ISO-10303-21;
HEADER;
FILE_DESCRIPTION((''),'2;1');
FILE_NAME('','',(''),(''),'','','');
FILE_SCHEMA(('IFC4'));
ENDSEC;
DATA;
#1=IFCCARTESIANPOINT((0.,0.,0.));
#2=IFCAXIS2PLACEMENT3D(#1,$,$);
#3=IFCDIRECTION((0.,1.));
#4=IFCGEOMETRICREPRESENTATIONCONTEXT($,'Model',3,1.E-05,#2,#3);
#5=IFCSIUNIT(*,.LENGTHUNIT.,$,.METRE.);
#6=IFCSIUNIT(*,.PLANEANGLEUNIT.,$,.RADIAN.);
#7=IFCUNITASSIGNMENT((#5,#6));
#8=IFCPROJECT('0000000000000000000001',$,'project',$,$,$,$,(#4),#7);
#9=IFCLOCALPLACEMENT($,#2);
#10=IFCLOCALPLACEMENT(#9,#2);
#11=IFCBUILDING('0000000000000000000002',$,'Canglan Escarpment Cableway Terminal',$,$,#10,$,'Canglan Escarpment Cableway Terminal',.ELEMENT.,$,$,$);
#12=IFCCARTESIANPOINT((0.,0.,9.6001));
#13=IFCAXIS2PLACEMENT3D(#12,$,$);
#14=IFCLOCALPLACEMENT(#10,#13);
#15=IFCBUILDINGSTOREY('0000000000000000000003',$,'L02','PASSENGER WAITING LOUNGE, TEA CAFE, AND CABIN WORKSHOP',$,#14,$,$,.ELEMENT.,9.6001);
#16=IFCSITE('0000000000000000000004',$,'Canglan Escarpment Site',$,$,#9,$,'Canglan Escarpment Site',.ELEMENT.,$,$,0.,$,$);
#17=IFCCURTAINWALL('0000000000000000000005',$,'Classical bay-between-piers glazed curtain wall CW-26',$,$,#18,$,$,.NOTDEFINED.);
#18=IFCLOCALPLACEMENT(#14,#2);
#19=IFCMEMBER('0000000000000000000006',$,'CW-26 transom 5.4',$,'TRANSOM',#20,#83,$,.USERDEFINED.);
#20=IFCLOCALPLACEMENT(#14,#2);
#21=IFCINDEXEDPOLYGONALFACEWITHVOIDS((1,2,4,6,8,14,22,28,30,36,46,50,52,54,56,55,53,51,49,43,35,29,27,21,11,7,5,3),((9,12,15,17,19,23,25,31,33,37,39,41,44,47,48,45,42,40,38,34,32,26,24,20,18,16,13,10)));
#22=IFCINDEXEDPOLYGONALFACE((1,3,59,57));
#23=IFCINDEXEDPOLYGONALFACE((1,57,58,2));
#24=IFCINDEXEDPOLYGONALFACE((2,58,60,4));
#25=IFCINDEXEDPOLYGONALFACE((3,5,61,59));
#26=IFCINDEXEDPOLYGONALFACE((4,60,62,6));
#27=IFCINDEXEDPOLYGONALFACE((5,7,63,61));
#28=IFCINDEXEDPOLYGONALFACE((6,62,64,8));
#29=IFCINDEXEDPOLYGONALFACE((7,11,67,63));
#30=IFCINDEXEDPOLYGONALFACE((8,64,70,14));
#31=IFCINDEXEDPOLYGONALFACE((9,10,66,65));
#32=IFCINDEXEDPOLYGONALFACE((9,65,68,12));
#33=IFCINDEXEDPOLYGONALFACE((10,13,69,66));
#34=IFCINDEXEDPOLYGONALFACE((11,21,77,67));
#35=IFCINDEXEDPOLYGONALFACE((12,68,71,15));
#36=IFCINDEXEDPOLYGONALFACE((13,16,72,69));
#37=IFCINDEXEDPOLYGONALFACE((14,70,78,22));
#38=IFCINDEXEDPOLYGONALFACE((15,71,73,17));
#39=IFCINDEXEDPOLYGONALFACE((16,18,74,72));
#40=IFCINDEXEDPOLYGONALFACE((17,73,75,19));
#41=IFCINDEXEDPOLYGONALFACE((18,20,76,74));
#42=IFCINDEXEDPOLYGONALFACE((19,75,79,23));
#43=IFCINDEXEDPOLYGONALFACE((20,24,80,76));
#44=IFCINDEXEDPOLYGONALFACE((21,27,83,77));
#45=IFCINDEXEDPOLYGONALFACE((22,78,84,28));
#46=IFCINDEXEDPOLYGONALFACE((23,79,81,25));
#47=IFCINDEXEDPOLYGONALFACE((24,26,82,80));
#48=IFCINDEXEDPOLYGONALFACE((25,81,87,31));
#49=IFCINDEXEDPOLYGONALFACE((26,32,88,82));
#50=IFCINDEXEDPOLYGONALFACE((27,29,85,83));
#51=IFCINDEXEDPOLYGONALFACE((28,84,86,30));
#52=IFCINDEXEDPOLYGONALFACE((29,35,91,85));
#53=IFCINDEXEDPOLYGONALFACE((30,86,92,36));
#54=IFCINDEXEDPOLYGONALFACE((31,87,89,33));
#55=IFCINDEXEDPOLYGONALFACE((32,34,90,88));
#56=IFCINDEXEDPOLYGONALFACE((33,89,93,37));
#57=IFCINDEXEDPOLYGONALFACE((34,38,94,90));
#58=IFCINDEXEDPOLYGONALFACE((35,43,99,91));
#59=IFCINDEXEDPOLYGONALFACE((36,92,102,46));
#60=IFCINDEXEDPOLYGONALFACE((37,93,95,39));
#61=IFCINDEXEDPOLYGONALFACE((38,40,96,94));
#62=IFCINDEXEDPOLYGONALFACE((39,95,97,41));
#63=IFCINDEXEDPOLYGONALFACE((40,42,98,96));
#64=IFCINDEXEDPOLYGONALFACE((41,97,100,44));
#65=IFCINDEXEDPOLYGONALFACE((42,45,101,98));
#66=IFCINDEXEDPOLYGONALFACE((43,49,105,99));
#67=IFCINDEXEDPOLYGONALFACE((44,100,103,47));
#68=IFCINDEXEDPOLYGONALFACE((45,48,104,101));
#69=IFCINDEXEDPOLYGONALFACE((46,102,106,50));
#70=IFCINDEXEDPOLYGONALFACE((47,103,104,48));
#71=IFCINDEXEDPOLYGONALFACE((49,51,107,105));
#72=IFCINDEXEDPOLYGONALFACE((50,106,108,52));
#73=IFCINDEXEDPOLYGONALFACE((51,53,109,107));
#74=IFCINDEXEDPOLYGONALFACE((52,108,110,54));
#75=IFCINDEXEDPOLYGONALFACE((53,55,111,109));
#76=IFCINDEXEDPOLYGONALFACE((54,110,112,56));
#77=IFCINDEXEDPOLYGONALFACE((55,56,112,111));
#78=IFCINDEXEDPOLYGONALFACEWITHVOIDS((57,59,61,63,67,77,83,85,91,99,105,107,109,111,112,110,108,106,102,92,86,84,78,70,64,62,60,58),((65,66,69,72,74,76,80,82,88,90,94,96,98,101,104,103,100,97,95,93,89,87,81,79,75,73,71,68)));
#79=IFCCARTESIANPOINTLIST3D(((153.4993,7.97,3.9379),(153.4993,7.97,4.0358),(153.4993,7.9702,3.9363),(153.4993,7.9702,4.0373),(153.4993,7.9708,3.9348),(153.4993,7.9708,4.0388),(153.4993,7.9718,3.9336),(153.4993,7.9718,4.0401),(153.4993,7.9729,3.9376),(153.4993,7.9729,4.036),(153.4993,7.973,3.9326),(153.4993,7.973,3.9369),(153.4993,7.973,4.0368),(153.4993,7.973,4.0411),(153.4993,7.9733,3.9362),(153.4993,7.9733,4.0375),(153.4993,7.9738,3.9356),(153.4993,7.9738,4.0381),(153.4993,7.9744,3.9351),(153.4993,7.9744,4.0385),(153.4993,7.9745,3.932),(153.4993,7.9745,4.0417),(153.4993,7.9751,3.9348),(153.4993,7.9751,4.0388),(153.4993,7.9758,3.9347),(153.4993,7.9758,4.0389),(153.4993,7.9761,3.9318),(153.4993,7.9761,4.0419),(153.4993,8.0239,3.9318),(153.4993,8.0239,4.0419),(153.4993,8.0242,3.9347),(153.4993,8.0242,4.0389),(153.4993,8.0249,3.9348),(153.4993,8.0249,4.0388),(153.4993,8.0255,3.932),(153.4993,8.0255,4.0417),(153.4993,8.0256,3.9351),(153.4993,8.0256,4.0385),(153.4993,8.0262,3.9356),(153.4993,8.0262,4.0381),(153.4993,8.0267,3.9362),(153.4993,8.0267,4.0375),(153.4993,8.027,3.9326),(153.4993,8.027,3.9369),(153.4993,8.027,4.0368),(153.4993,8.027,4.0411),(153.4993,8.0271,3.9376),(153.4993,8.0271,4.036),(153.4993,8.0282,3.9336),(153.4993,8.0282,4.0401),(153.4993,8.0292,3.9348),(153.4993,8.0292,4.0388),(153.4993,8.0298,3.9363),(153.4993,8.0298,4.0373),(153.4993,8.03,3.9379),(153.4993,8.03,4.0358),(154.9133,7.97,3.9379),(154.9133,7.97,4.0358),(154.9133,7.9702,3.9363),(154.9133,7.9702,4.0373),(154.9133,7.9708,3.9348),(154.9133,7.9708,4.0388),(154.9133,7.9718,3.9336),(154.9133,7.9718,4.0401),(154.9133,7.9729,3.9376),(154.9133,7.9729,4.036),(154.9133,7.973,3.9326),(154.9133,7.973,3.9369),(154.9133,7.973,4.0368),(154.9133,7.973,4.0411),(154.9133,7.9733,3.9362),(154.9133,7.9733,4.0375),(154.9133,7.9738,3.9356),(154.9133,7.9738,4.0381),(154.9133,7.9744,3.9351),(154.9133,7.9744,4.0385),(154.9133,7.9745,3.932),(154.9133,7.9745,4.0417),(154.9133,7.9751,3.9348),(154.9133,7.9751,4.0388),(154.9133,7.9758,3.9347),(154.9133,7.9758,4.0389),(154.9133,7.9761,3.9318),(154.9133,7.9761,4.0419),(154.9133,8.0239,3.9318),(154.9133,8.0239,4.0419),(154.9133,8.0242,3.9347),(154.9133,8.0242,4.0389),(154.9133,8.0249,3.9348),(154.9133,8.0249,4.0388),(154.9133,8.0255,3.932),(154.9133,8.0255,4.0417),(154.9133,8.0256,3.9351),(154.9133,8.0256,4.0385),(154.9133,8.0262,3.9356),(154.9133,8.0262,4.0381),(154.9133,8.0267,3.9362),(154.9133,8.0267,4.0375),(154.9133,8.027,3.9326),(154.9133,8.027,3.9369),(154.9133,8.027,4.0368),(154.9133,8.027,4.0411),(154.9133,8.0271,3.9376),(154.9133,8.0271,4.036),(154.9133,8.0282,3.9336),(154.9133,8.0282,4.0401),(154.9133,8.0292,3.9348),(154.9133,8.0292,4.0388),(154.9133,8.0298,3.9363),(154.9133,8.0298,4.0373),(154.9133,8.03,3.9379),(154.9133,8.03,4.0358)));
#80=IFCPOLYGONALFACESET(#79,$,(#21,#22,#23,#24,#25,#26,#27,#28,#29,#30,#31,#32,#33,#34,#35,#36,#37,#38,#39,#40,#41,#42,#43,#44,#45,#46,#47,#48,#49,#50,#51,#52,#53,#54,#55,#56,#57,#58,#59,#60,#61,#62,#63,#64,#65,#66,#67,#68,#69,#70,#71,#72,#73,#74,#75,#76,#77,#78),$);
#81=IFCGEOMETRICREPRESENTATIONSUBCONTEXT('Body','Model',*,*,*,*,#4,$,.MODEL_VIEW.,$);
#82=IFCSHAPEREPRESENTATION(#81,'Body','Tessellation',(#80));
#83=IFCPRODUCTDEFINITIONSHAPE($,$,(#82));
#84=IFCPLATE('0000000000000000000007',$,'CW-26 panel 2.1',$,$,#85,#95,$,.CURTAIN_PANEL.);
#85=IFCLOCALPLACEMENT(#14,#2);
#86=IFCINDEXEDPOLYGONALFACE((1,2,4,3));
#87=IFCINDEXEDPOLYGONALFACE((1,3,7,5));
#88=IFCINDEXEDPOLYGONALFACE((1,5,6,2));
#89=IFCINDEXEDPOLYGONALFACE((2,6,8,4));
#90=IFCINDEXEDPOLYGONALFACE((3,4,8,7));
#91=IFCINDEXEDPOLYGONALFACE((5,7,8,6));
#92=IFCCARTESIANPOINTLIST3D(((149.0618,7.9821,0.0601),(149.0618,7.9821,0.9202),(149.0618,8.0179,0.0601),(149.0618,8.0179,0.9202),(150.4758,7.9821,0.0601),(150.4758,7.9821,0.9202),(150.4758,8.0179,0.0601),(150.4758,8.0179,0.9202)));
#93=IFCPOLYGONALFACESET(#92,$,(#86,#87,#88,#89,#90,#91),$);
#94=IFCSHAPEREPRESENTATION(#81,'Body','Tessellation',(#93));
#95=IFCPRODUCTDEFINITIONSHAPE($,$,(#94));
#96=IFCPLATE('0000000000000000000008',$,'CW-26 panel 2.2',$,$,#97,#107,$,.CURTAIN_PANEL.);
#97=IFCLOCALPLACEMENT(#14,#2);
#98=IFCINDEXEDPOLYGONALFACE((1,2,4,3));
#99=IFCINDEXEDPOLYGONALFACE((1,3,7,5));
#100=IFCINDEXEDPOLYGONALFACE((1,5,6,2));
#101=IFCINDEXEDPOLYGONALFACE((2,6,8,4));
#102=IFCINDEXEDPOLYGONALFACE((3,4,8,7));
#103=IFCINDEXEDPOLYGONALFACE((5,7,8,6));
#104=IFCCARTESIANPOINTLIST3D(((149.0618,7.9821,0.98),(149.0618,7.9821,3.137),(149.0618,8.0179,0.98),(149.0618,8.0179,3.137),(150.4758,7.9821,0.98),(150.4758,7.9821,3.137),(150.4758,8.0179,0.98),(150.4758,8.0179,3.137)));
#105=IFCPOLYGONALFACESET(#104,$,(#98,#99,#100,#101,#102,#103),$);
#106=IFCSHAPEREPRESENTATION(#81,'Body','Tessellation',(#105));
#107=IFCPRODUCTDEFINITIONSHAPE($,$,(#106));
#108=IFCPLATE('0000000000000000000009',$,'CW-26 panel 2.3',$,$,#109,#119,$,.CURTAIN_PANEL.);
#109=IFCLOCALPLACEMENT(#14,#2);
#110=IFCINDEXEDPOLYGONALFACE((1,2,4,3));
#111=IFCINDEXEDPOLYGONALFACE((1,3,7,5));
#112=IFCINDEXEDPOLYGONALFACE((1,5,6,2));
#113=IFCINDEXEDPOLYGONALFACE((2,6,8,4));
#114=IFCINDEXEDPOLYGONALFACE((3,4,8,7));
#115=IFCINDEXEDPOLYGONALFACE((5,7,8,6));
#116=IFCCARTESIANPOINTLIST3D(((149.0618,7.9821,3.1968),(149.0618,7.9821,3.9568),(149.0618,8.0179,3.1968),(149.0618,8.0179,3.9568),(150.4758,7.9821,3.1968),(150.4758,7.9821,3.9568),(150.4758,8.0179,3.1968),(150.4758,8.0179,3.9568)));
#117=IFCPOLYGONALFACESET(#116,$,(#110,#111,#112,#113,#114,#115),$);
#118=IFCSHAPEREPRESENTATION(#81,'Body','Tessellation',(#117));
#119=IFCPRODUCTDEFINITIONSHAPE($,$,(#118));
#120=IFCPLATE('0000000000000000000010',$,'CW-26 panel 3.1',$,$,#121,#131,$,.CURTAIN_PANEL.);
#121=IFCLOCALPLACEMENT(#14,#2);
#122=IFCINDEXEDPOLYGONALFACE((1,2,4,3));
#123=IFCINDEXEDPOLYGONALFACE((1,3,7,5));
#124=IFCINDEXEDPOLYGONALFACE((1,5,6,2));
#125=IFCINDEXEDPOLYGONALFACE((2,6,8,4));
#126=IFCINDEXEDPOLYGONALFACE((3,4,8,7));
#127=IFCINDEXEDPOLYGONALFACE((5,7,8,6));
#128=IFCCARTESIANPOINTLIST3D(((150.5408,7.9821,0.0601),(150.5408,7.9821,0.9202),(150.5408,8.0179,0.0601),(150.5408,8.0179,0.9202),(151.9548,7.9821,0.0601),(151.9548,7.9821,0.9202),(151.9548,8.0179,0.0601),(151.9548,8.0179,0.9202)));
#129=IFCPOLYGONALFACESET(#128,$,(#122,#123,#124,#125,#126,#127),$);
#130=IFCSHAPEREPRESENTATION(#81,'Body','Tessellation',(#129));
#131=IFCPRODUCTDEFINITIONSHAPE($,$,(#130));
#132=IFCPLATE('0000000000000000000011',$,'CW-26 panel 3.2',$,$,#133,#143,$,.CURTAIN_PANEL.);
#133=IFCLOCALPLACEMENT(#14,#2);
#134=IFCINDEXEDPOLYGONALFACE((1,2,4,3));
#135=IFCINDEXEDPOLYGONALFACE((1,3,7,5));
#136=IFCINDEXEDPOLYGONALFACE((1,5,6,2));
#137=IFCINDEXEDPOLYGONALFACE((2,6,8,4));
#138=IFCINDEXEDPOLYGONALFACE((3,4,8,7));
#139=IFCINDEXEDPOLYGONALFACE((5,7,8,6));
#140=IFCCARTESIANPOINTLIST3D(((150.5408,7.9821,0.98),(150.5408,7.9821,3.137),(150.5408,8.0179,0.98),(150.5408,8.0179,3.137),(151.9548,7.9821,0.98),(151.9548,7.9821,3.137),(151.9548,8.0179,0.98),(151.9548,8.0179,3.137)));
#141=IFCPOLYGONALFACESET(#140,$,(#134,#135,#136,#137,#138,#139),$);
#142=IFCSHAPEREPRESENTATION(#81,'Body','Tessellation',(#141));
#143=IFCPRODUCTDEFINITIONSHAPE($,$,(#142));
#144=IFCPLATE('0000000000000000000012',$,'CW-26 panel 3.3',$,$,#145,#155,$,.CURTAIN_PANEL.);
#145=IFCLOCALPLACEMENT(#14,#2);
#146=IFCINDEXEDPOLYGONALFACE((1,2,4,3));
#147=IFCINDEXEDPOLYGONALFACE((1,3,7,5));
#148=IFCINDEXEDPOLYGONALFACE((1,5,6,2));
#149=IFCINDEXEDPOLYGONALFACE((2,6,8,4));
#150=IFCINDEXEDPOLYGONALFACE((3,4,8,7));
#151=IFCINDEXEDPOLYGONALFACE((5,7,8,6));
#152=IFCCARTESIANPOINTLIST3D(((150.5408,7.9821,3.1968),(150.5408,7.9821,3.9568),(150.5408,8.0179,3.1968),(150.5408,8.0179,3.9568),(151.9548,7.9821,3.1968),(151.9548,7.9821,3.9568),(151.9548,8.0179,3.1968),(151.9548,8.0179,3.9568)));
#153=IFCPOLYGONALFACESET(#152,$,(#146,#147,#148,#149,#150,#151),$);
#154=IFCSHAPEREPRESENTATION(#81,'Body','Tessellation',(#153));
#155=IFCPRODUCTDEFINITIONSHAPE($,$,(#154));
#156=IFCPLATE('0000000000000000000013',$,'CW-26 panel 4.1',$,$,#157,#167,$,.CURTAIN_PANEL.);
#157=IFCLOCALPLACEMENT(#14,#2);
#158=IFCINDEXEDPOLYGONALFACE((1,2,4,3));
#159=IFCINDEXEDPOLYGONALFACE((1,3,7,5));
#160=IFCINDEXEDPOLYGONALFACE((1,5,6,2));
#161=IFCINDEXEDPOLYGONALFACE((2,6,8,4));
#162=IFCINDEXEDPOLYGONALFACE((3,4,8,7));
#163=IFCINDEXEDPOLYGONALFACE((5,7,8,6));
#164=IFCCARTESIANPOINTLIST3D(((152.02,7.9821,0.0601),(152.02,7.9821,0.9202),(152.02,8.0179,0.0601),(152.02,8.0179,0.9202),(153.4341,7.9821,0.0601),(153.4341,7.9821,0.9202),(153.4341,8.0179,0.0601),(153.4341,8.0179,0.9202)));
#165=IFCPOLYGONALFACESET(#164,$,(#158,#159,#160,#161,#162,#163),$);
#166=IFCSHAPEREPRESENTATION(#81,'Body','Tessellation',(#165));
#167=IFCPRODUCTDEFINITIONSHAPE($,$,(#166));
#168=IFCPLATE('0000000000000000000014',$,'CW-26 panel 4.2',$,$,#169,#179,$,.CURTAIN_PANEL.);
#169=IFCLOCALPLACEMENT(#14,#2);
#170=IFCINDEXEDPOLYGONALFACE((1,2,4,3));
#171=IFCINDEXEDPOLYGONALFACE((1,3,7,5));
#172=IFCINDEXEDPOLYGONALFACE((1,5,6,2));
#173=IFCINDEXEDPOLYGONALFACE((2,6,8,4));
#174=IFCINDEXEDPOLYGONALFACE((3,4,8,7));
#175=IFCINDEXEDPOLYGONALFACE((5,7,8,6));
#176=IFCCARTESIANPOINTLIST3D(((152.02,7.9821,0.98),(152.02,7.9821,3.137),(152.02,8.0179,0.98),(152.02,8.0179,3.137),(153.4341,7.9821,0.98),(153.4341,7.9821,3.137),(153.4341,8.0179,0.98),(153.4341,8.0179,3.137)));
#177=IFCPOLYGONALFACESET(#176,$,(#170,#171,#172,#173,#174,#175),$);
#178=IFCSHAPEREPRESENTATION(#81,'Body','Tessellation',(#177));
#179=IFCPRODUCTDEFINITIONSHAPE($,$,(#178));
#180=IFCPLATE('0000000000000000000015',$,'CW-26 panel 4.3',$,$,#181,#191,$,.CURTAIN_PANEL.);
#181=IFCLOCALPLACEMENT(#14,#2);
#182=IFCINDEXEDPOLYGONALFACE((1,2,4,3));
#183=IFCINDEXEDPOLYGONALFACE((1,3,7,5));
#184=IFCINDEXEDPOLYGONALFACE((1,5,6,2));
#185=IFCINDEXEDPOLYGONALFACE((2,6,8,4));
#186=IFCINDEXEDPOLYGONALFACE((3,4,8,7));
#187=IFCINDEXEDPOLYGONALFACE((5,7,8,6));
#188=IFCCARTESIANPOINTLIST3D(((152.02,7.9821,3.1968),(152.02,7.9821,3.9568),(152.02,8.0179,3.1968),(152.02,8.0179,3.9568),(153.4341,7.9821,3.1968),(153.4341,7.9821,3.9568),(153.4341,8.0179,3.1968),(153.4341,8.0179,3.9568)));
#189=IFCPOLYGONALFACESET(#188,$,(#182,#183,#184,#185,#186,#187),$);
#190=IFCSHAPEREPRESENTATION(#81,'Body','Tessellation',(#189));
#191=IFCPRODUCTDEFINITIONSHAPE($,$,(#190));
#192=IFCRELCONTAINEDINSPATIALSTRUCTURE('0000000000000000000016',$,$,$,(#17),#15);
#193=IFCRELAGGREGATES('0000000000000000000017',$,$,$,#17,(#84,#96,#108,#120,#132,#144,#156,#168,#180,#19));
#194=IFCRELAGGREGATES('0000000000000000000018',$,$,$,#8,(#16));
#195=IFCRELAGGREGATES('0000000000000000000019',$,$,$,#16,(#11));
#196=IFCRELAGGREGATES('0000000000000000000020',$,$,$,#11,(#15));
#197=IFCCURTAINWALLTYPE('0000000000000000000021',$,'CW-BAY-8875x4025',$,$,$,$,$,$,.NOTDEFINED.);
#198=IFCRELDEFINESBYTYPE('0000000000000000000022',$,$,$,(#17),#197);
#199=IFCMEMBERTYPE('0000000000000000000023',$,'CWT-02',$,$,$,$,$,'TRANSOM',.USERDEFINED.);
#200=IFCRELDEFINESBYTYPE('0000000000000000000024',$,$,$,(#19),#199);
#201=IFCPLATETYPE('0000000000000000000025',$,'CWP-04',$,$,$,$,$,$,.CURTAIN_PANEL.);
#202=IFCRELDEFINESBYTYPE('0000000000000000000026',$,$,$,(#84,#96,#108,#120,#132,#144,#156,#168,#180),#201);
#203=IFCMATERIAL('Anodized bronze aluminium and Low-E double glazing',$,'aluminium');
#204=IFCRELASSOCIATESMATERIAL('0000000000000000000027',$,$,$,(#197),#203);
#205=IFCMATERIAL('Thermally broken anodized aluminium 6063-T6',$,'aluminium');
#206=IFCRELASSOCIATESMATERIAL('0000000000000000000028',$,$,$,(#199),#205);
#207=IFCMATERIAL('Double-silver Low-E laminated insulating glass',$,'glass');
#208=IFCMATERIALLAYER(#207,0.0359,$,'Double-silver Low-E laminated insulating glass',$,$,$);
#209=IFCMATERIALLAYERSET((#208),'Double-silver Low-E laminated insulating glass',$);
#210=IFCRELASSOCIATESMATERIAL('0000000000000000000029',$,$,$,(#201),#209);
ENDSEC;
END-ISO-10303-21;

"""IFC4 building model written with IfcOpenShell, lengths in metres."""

from ifc_helpers import new_model, si_unit, direction, frame, origin, origin_2d, place, context, subcontext, project, spatial, rectangle, hollow_rectangle, extrude, material, layer, layer_set, material_profile, profile_set, type_object, element, aggregate, save


model = new_model("IFC4")

# Units and contexts
model_context = context("Model", 3, precision=1e-05, world=origin(), true_north=direction((0.0, 1.0)))
body_context = subcontext(model_context, "Body", "Model", "MODEL_VIEW")
ifc_project = project(units=[si_unit("LENGTHUNIT", "METRE"), si_unit("PLANEANGLEUNIT", "RADIAN")], contexts=[model_context])

# Site, building, storey
site_placement = place(None, origin())
site = spatial("IfcSite", under=ifc_project, at=site_placement, Name="Canglan Escarpment Site", LongName="Canglan Escarpment Site", CompositionType="ELEMENT", RefElevation=0.0)
building_placement = place(site_placement, origin())
building = spatial("IfcBuilding", under=site, at=building_placement, Name="Canglan Escarpment Cableway Terminal", LongName="Canglan Escarpment Cableway Terminal", CompositionType="ELEMENT")
storey_placement = place(building_placement, frame((0.0, 0.0, 9.6001)))
storey = spatial("IfcBuildingStorey", under=building, at=storey_placement, Name="L02", Description="PASSENGER WAITING LOUNGE, TEA CAFE, AND CABIN WORKSHOP", CompositionType="ELEMENT", Elevation=9.6001)

# Curtain wall, member, plates
ifc_material_1 = material(Name="Anodized bronze aluminium and Low-E double glazing", Category="aluminium")
curtain_wall_type = type_object("IfcCurtainWallType", Name="CW-BAY-8875x4025", PredefinedType="NOTDEFINED", material=ifc_material_1)
curtain_wall_placement = place(storey_placement, origin())
curtain_wall = element("IfcCurtainWall", 1, at=curtain_wall_placement, inside=storey, type_object=curtain_wall_type, Name="Classical bay-between-piers glazed curtain wall CW-26", PredefinedType="NOTDEFINED")
ifc_material_2 = material(Name="Thermally broken anodized aluminium 6063-T6", Category="aluminium")
ifc_material_profile_1 = material_profile(ifc_material_2, hollow_rectangle(XDim=0.0601, YDim=0.1101, WallThickness=0.0029, InnerFilletRadius=0.0029, OuterFilletRadius=0.0061, at=origin_2d()), Name="ALU-TRAN 60x110x3")
ifc_profile_set_1 = profile_set([ifc_material_profile_1], Name="Thermally broken anodized aluminium 6063-T6")
member_type_1 = type_object("IfcMemberType", Name="CWT-02", ElementType="TRANSOM", PredefinedType="USERDEFINED", material=ifc_profile_set_1)
member_1_placement = place(storey_placement, frame((153.4993, 8.0, 3.9868), z_axis=(1.0, 0.0, 0.0), x_axis=(0.0, 1.0, 0.0)))
member_1 = element("IfcMember", 2, at=member_1_placement, type_object=member_type_1, Name="CW-26 transom 5.4", ObjectType="TRANSOM", PredefinedType="USERDEFINED", context=body_context, shape_type="SweptSolid", body=[
    extrude(hollow_rectangle(XDim=0.0601, YDim=0.1101, WallThickness=0.0029, InnerFilletRadius=0.0029, OuterFilletRadius=0.0061, at=origin_2d()), origin(), (0.0, 0.0, 1.0), 1.4141),
])
ifc_material_3 = material(Name="Double-silver Low-E laminated insulating glass", Category="glass")
ifc_layer = layer(ifc_material_3, 0.0359, Name="Double-silver Low-E laminated insulating glass")
ifc_layer_set = layer_set([ifc_layer], Name="Double-silver Low-E laminated insulating glass")
plate_type = type_object("IfcPlateType", Name="CWP-04", PredefinedType="CURTAIN_PANEL", material=ifc_layer_set)
plate_1_placement = place(storey_placement, frame((149.7688, 8.0, 0.0601), z_axis=(0.0, 0.0, 1.0), x_axis=(1.0, 0.0, 0.0)))
plate_1 = element("IfcPlate", 3, at=plate_1_placement, type_object=plate_type, Name="CW-26 panel 2.1", PredefinedType="CURTAIN_PANEL", context=body_context, shape_type="SweptSolid", body=[
    extrude(rectangle(XDim=1.4141, YDim=0.0359, at=origin_2d()), origin(), (0.0, 0.0, 1.0), 0.8601),
])
plate_2_placement = place(storey_placement, frame((149.7688, 8.0, 0.98), z_axis=(0.0, 0.0, 1.0), x_axis=(1.0, 0.0, 0.0)))
plate_2 = element("IfcPlate", 4, at=plate_2_placement, type_object=plate_type, Name="CW-26 panel 2.2", PredefinedType="CURTAIN_PANEL", context=body_context, shape_type="SweptSolid", body=[
    extrude(rectangle(XDim=1.4141, YDim=0.0359, at=origin_2d()), origin(), (0.0, 0.0, 1.0), 2.157),
])
plate_3_placement = place(storey_placement, frame((149.7688, 8.0, 3.1968), z_axis=(0.0, 0.0, 1.0), x_axis=(1.0, 0.0, 0.0)))
plate_3 = element("IfcPlate", 5, at=plate_3_placement, type_object=plate_type, Name="CW-26 panel 2.3", PredefinedType="CURTAIN_PANEL", context=body_context, shape_type="SweptSolid", body=[
    extrude(rectangle(XDim=1.4141, YDim=0.0359, at=origin_2d()), origin(), (0.0, 0.0, 1.0), 0.76),
])
plate_4_placement = place(storey_placement, frame((151.2478, 8.0, 0.0601), z_axis=(0.0, 0.0, 1.0), x_axis=(1.0, 0.0, 0.0)))
plate_4 = element("IfcPlate", 6, at=plate_4_placement, type_object=plate_type, Name="CW-26 panel 3.1", PredefinedType="CURTAIN_PANEL", context=body_context, shape_type="SweptSolid", body=[
    extrude(rectangle(XDim=1.4141, YDim=0.0359, at=origin_2d()), origin(), (0.0, 0.0, 1.0), 0.8601),
])
plate_5_placement = place(storey_placement, frame((151.2478, 8.0, 0.98), z_axis=(0.0, 0.0, 1.0), x_axis=(1.0, 0.0, 0.0)))
plate_5 = element("IfcPlate", 7, at=plate_5_placement, type_object=plate_type, Name="CW-26 panel 3.2", PredefinedType="CURTAIN_PANEL", context=body_context, shape_type="SweptSolid", body=[
    extrude(rectangle(XDim=1.4141, YDim=0.0359, at=origin_2d()), origin(), (0.0, 0.0, 1.0), 2.157),
])
plate_6_placement = place(storey_placement, frame((151.2478, 8.0, 3.1968), z_axis=(0.0, 0.0, 1.0), x_axis=(1.0, 0.0, 0.0)))
plate_6 = element("IfcPlate", 8, at=plate_6_placement, type_object=plate_type, Name="CW-26 panel 3.3", PredefinedType="CURTAIN_PANEL", context=body_context, shape_type="SweptSolid", body=[
    extrude(rectangle(XDim=1.4141, YDim=0.0359, at=origin_2d()), origin(), (0.0, 0.0, 1.0), 0.76),
])
plate_7_placement = place(storey_placement, frame((152.7271, 8.0, 0.0601), z_axis=(0.0, 0.0, 1.0), x_axis=(1.0, 0.0, 0.0)))
plate_7 = element("IfcPlate", 9, at=plate_7_placement, type_object=plate_type, Name="CW-26 panel 4.1", PredefinedType="CURTAIN_PANEL", context=body_context, shape_type="SweptSolid", body=[
    extrude(rectangle(XDim=1.4141, YDim=0.0359, at=origin_2d()), origin(), (0.0, 0.0, 1.0), 0.8601),
])
plate_8_placement = place(storey_placement, frame((152.7271, 8.0, 0.98), z_axis=(0.0, 0.0, 1.0), x_axis=(1.0, 0.0, 0.0)))
plate_8 = element("IfcPlate", 10, at=plate_8_placement, type_object=plate_type, Name="CW-26 panel 4.2", PredefinedType="CURTAIN_PANEL", context=body_context, shape_type="SweptSolid", body=[
    extrude(rectangle(XDim=1.4141, YDim=0.0359, at=origin_2d()), origin(), (0.0, 0.0, 1.0), 2.157),
])
plate_9_placement = place(storey_placement, frame((152.7271, 8.0, 3.1968), z_axis=(0.0, 0.0, 1.0), x_axis=(1.0, 0.0, 0.0)))
plate_9 = element("IfcPlate", 11, at=plate_9_placement, type_object=plate_type, Name="CW-26 panel 4.3", PredefinedType="CURTAIN_PANEL", context=body_context, shape_type="SweptSolid", body=[
    extrude(rectangle(XDim=1.4141, YDim=0.0359, at=origin_2d()), origin(), (0.0, 0.0, 1.0), 0.76),
])
aggregate(curtain_wall, [plate_1, plate_2, plate_3, plate_4, plate_5, plate_6, plate_7, plate_8, plate_9, member_1])

save(model, "model.ifc")
